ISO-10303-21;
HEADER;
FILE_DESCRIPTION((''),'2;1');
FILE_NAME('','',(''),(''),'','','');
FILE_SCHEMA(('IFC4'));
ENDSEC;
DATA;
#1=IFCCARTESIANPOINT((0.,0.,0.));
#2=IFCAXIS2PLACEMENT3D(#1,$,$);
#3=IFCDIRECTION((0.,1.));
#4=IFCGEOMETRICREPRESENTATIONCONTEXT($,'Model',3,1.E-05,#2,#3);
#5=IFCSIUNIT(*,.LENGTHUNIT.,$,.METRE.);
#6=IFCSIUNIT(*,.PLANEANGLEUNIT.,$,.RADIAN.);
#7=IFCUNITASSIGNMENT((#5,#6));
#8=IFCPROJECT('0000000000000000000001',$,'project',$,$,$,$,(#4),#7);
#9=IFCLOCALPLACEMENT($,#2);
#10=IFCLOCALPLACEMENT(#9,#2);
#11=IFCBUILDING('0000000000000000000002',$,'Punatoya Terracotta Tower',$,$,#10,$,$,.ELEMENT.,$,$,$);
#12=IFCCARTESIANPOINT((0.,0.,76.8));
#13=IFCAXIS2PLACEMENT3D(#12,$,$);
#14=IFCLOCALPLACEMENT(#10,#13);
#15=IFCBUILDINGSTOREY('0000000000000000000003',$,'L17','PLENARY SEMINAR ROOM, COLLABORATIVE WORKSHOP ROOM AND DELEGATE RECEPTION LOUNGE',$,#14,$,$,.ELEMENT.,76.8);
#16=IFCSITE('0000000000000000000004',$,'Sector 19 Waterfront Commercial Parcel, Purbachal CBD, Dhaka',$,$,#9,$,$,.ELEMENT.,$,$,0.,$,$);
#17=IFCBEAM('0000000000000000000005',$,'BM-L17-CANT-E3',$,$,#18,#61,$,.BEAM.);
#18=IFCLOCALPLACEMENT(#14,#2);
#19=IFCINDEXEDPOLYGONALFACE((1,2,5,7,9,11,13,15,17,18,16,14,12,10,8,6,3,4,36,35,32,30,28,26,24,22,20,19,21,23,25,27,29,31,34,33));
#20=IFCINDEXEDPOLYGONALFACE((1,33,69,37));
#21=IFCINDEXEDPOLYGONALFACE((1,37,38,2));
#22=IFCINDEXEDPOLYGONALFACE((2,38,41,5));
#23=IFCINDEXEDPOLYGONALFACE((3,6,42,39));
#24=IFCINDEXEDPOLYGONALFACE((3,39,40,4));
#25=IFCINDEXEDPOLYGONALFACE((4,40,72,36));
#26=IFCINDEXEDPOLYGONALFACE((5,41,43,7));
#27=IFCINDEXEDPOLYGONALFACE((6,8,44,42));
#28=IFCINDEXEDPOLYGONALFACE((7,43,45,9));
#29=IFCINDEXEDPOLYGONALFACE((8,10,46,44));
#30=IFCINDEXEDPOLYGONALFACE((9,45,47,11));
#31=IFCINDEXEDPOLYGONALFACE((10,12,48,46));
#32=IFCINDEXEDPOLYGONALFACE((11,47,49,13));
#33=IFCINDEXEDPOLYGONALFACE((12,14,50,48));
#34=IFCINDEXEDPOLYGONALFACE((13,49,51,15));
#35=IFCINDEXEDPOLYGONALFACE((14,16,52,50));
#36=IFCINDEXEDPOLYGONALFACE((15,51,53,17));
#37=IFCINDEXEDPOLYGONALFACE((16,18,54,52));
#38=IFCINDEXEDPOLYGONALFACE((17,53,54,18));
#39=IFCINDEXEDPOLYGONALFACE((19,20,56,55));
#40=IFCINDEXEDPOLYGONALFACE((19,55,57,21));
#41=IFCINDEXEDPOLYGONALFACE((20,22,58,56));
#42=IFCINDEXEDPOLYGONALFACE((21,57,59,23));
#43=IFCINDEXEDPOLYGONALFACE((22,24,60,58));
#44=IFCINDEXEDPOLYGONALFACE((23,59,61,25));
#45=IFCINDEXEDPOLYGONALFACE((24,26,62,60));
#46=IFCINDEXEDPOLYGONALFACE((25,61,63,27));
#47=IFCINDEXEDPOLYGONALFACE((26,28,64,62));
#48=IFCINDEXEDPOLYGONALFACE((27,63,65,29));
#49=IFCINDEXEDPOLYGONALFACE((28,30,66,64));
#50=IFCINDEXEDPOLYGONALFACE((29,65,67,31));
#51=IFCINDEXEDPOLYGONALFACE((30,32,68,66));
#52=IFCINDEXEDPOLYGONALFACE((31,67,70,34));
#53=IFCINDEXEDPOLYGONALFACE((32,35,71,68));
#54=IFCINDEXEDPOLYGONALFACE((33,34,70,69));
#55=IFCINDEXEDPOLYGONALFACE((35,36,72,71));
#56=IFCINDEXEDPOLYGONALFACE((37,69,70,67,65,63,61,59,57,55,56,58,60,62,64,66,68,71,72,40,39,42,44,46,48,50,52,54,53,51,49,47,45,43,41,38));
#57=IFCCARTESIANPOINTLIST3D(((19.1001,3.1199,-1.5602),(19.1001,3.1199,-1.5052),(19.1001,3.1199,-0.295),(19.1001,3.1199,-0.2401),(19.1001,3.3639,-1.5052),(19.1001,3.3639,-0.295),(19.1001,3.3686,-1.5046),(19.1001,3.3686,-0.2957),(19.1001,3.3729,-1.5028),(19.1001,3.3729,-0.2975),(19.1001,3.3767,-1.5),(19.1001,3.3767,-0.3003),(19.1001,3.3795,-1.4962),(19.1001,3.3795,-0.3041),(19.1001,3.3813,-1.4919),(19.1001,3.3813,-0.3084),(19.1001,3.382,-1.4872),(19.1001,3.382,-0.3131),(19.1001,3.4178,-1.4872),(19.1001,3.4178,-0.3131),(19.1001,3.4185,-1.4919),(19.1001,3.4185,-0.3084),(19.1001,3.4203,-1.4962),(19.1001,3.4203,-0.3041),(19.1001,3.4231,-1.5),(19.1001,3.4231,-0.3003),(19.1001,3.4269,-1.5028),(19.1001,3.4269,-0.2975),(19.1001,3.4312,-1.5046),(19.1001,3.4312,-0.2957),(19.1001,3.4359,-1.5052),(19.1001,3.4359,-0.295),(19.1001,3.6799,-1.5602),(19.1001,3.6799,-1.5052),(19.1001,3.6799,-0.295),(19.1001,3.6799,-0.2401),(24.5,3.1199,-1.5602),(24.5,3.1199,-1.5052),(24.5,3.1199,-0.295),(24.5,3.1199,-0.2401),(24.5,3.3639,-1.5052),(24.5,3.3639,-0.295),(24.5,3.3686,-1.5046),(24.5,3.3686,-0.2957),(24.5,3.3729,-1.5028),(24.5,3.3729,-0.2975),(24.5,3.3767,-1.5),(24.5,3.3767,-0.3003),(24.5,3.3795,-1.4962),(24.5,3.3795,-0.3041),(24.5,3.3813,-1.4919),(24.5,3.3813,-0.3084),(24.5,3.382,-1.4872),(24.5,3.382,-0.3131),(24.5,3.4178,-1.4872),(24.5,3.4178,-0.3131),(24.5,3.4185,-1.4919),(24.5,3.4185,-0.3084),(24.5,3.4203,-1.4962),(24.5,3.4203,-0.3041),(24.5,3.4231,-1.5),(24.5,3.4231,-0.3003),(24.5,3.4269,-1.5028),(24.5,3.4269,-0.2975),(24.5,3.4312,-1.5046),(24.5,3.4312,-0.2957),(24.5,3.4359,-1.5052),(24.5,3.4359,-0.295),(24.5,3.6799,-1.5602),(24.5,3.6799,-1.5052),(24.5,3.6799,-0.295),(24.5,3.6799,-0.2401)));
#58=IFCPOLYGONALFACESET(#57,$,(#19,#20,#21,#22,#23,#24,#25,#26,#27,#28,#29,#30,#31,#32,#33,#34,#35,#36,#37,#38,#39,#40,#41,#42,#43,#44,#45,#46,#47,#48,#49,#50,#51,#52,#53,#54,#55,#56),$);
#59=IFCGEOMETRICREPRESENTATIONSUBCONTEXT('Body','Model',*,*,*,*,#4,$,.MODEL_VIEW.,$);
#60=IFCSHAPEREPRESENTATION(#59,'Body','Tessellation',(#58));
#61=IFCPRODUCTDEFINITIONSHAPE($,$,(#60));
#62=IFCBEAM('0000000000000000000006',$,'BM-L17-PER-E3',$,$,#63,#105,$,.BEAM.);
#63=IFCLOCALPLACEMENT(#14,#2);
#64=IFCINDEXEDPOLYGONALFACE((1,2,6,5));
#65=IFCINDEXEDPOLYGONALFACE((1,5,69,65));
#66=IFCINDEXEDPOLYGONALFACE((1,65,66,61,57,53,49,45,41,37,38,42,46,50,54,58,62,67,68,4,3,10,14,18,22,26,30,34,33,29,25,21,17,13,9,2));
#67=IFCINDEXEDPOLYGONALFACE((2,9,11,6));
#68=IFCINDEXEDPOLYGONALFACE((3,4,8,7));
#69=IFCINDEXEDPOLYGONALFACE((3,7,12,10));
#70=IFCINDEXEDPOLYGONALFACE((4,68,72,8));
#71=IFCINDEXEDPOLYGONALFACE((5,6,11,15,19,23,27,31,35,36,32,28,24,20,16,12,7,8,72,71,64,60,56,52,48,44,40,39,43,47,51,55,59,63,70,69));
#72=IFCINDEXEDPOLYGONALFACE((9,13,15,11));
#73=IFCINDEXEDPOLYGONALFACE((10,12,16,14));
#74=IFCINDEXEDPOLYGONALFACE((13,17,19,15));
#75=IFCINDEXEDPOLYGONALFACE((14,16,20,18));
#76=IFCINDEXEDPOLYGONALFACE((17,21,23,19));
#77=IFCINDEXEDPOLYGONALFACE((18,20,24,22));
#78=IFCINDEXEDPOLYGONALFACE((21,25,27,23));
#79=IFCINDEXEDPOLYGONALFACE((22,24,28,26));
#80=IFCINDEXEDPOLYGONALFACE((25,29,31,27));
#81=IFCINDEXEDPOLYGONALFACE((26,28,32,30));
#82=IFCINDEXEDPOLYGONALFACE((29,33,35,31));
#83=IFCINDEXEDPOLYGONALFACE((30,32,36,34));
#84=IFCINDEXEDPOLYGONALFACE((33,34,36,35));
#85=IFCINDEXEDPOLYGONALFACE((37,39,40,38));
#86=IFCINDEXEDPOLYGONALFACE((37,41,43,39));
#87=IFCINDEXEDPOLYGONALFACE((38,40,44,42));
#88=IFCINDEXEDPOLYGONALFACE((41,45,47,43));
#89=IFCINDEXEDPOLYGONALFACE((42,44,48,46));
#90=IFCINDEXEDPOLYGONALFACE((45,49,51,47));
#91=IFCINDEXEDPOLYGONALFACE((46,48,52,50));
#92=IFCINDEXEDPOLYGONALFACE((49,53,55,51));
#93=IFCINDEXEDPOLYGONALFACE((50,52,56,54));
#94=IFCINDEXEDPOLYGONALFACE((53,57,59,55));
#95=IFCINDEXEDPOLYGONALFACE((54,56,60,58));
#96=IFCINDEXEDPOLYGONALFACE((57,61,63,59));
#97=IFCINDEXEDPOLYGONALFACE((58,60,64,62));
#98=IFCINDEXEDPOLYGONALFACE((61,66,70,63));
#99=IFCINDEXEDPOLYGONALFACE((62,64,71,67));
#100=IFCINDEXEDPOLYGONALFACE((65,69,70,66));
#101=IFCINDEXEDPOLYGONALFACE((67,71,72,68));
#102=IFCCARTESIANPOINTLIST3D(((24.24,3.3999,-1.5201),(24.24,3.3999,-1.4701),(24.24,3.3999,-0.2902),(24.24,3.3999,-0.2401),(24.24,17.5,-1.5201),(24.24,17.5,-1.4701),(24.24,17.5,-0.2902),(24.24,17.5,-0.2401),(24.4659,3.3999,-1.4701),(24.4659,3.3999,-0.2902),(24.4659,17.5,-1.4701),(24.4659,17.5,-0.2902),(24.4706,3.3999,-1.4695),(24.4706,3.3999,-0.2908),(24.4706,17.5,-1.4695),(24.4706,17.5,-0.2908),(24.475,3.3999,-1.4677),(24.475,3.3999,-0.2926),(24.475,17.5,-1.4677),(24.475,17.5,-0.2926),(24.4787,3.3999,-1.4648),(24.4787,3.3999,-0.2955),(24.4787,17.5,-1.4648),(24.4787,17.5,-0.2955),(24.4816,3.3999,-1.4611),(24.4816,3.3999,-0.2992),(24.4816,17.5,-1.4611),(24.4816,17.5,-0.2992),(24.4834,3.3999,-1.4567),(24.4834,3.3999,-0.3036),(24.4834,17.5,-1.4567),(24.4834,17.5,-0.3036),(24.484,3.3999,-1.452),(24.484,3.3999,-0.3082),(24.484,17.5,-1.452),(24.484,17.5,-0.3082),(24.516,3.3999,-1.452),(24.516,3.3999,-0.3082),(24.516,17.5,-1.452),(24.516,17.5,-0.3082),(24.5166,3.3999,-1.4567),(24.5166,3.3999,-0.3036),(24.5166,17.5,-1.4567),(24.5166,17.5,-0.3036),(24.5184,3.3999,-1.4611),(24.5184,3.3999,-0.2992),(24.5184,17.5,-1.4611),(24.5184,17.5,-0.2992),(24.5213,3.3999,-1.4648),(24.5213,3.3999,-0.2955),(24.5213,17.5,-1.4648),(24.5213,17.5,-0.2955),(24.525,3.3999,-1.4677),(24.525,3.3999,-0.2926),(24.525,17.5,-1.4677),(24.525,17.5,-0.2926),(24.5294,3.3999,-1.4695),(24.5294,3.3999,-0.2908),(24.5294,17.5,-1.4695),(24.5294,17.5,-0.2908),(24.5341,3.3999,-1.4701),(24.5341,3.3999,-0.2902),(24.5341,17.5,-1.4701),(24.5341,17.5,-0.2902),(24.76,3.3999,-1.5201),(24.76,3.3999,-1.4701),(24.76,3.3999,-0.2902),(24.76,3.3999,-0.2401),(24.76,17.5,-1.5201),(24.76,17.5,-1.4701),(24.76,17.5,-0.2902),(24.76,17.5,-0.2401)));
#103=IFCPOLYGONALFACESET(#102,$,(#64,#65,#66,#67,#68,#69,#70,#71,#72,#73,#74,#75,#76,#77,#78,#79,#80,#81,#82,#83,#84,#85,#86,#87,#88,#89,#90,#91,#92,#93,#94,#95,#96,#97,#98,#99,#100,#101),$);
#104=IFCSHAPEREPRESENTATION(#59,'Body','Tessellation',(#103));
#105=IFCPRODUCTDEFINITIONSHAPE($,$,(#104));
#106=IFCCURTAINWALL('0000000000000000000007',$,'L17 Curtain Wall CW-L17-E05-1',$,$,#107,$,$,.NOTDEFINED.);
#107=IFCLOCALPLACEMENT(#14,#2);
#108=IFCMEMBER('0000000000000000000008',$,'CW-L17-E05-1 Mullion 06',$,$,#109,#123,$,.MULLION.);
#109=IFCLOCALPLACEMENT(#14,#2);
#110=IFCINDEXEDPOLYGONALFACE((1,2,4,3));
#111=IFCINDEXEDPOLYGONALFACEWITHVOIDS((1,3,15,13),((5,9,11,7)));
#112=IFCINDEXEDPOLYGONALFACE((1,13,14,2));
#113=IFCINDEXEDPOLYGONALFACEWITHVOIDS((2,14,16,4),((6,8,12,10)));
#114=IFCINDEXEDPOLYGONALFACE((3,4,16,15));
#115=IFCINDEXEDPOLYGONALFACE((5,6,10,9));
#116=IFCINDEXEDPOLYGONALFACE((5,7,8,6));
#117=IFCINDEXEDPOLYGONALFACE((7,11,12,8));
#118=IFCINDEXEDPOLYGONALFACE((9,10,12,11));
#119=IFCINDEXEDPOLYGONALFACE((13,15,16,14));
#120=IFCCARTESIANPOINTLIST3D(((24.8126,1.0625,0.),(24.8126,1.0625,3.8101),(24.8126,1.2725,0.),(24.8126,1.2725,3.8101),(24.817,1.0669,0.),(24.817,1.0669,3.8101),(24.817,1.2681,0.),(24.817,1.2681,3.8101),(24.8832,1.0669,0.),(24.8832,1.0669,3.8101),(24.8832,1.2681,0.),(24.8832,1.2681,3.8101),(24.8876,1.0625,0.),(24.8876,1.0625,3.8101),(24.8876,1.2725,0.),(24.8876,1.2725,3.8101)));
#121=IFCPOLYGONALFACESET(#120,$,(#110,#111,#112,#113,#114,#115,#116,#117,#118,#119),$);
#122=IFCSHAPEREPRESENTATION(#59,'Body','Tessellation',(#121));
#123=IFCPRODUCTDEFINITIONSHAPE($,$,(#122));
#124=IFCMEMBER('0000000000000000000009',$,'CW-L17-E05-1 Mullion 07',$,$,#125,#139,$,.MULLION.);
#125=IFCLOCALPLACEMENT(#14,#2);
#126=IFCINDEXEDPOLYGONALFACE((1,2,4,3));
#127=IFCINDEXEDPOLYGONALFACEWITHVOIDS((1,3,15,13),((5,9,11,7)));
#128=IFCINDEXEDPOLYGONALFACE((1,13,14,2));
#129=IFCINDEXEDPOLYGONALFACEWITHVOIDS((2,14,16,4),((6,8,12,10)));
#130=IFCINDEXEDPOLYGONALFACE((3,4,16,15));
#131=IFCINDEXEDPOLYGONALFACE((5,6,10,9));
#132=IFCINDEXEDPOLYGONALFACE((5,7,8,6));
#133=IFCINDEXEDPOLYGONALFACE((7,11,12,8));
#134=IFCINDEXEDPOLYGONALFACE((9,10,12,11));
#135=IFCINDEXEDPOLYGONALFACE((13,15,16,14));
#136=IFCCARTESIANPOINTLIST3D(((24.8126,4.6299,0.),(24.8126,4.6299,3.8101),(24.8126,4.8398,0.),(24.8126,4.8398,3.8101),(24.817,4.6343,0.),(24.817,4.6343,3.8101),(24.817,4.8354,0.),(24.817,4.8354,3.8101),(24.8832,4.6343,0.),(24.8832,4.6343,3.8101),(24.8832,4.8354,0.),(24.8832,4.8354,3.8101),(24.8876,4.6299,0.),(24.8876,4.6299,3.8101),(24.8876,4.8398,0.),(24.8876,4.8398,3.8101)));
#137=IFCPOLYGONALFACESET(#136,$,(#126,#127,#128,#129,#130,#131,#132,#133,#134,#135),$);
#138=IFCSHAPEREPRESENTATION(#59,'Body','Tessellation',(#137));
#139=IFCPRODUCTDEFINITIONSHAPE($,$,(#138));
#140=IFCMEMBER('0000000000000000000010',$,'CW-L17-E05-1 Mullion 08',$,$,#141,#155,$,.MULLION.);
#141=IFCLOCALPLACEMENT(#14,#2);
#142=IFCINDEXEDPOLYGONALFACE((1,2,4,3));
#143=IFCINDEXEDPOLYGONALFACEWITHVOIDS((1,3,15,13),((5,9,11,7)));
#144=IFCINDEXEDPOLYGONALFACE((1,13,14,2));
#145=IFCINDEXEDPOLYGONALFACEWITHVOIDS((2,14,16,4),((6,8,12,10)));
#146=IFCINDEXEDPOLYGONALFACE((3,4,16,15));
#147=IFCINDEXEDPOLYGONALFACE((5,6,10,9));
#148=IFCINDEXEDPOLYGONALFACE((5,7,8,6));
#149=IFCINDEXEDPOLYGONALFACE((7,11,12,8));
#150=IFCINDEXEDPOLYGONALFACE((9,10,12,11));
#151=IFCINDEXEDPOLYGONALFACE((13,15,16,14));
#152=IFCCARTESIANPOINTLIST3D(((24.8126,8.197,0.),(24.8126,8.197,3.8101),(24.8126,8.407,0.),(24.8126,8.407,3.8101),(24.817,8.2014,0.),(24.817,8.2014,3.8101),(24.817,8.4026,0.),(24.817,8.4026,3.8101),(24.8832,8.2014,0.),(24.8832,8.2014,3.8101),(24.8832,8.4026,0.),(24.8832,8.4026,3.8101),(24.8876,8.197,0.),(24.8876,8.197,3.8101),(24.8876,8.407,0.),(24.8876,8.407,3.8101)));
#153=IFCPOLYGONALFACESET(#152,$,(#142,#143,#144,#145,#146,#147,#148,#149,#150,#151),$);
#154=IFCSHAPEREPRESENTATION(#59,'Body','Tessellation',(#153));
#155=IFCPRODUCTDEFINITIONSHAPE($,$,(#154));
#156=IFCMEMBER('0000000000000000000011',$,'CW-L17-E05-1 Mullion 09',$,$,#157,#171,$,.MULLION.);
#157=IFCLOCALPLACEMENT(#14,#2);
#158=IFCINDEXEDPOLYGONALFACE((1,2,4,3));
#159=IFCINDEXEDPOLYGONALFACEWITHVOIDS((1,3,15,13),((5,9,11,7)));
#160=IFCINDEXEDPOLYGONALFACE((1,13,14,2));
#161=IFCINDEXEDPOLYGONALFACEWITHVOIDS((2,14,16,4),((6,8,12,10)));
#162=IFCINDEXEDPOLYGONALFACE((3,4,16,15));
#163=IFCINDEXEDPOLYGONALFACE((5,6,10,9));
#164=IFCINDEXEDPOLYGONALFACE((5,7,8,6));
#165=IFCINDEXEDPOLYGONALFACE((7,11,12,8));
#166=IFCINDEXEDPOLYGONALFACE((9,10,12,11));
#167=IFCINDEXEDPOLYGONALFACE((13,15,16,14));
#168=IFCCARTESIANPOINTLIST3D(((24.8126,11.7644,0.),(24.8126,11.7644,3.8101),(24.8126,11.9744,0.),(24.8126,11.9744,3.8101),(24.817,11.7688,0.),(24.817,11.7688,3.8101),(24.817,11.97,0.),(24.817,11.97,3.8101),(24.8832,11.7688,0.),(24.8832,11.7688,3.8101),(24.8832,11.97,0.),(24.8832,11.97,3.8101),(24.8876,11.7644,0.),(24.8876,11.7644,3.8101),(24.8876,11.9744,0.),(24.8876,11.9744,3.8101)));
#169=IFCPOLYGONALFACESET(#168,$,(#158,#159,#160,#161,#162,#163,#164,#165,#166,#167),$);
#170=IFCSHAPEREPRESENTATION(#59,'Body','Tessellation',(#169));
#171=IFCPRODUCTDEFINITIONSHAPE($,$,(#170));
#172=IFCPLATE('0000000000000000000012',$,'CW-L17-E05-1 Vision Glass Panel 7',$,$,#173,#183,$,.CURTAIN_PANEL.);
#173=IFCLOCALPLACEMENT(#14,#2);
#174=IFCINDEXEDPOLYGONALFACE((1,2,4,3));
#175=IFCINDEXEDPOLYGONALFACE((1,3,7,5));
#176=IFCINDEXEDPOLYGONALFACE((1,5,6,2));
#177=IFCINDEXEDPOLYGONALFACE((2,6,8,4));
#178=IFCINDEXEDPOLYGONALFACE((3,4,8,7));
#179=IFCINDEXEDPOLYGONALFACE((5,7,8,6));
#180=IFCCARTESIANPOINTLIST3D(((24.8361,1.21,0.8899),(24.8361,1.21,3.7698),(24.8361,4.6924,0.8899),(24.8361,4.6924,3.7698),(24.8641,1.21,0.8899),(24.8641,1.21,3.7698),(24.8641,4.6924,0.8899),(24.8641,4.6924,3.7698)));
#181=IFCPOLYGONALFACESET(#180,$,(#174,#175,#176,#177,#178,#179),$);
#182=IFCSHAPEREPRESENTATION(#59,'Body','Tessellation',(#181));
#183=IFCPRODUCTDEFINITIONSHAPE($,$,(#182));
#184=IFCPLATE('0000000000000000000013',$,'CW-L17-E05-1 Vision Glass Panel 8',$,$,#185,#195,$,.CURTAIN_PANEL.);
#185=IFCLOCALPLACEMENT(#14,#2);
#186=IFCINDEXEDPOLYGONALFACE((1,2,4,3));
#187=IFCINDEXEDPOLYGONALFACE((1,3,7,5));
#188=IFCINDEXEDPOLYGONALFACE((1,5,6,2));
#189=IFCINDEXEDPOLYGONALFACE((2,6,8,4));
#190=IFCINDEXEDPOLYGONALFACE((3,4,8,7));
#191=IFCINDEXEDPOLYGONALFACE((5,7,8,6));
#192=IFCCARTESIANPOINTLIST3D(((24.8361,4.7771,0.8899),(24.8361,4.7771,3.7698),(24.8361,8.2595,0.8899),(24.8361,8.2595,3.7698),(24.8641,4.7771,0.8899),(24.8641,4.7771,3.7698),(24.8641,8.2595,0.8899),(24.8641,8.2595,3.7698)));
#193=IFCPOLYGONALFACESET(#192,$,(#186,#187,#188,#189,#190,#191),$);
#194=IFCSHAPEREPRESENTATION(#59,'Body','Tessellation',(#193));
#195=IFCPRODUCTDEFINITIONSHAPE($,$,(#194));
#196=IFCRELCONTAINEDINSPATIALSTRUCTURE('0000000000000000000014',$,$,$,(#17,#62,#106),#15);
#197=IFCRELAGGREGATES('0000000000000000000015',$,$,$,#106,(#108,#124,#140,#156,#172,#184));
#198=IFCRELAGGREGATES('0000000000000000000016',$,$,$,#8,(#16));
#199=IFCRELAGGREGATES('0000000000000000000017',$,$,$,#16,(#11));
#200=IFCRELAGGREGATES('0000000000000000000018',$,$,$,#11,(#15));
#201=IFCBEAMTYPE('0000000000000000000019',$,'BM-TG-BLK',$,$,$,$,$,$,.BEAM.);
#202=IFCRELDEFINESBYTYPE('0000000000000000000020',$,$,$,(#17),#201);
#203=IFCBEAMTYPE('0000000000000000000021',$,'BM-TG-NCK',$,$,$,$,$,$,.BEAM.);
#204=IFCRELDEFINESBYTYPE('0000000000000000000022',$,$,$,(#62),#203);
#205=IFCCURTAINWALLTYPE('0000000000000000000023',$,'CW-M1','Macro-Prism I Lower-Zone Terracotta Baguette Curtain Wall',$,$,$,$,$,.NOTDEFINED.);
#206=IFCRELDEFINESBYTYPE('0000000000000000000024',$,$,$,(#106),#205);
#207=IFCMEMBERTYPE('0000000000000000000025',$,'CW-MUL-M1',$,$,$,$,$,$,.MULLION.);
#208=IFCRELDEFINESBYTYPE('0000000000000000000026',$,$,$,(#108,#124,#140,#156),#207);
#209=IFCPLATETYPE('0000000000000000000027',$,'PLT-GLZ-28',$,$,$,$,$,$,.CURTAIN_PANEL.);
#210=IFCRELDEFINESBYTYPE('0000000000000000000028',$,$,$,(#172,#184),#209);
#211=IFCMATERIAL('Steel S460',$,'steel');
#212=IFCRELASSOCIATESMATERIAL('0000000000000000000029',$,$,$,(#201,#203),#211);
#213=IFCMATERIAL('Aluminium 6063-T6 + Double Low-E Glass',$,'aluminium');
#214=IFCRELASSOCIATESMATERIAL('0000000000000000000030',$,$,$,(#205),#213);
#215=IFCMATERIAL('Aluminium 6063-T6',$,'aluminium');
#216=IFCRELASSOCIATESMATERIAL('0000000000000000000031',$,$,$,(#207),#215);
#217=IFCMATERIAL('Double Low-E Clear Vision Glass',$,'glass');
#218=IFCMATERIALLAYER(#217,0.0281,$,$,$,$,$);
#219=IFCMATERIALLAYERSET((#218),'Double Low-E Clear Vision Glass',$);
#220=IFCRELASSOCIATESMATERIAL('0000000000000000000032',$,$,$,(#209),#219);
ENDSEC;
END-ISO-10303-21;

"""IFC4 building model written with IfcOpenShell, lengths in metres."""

from ifc_helpers import new_model, si_unit, direction, frame, origin, origin_2d, place, context, subcontext, project, spatial, rectangle, hollow_rectangle, i_section, extrude, material, layer, layer_set, material_profile, profile_set, type_object, element, aggregate, save


model = new_model("IFC4")

# Units and contexts
model_context = context("Model", 3, precision=1e-05, world=origin(), true_north=direction((0.0, 1.0)))
body_context = subcontext(model_context, "Body", "Model", "MODEL_VIEW")
ifc_project = project(units=[si_unit("LENGTHUNIT", "METRE"), si_unit("PLANEANGLEUNIT", "RADIAN")], contexts=[model_context])

# Site, building, storey
site_placement = place(None, origin())
site = spatial("IfcSite", under=ifc_project, at=site_placement, Name="Sector 19 Waterfront Commercial Parcel, Purbachal CBD, Dhaka", CompositionType="ELEMENT", RefElevation=0.0)
building_placement = place(site_placement, origin())
building = spatial("IfcBuilding", under=site, at=building_placement, Name="Punatoya Terracotta Tower", CompositionType="ELEMENT")
storey_placement = place(building_placement, frame((0.0, 0.0, 76.8)))
storey = spatial("IfcBuildingStorey", under=building, at=storey_placement, Name="L17", Description="PLENARY SEMINAR ROOM, COLLABORATIVE WORKSHOP ROOM AND DELEGATE RECEPTION LOUNGE", CompositionType="ELEMENT", Elevation=76.8)

# Shared definitions
ifc_material_1 = material(Name="Steel S460", Category="steel")

# Beams
ifc_material_profile_1 = material_profile(ifc_material_1, i_section(OverallWidth=0.5601, OverallDepth=1.3201, WebThickness=0.0359, FlangeThickness=0.0549, FilletRadius=0.0181, at=origin_2d()))
ifc_profile_set_1 = profile_set([ifc_material_profile_1], Name="Steel S460")
beam_type_1 = type_object("IfcBeamType", Name="BM-TG-BLK", PredefinedType="BEAM", material=ifc_profile_set_1)
beam_1_placement = place(storey_placement, frame((19.1001, 3.3999, -0.9001), z_axis=(1.0, 0.0, 0.0), x_axis=(0.0, 1.0, 0.0)))
element("IfcBeam", 1, at=beam_1_placement, inside=storey, type_object=beam_type_1, Name="BM-L17-CANT-E3", PredefinedType="BEAM", context=body_context, shape_type="SweptSolid", body=[
    extrude(i_section(OverallWidth=0.5601, OverallDepth=1.3201, WebThickness=0.0359, FlangeThickness=0.0549, FilletRadius=0.0181, at=origin_2d()), origin(), (0.0, 0.0, 1.0), 5.3999),
])
ifc_material_profile_2 = material_profile(ifc_material_1, i_section(OverallWidth=0.52, OverallDepth=1.28, WebThickness=0.032, FlangeThickness=0.05, FilletRadius=0.0181, at=origin_2d()))
ifc_profile_set_2 = profile_set([ifc_material_profile_2], Name="Steel S460")
beam_type_2 = type_object("IfcBeamType", Name="BM-TG-NCK", PredefinedType="BEAM", material=ifc_profile_set_2)
beam_2_placement = place(storey_placement, frame((24.5, 3.3999, -0.8801), z_axis=(0.0, 1.0, 0.0), x_axis=(-1.0, 0.0, 0.0)))
element("IfcBeam", 2, at=beam_2_placement, inside=storey, type_object=beam_type_2, Name="BM-L17-PER-E3", PredefinedType="BEAM", context=body_context, shape_type="SweptSolid", body=[
    extrude(i_section(OverallWidth=0.52, OverallDepth=1.28, WebThickness=0.032, FlangeThickness=0.05, FilletRadius=0.0181, at=origin_2d()), origin(), (0.0, 0.0, 1.0), 14.1001),
])

# Curtain wall, members, plates
ifc_material_2 = material(Name="Aluminium 6063-T6 + Double Low-E Glass", Category="aluminium")
curtain_wall_type = type_object("IfcCurtainWallType", Name="CW-M1", Description="Macro-Prism I Lower-Zone Terracotta Baguette Curtain Wall", PredefinedType="NOTDEFINED", material=ifc_material_2)
curtain_wall_placement = place(storey_placement, origin())
curtain_wall = element("IfcCurtainWall", 3, at=curtain_wall_placement, inside=storey, type_object=curtain_wall_type, Name="L17 Curtain Wall CW-L17-E05-1", PredefinedType="NOTDEFINED")
ifc_material_3 = material(Name="Aluminium 6063-T6", Category="aluminium")
ifc_material_profile_3 = material_profile(ifc_material_3, hollow_rectangle(XDim=0.075, YDim=0.21, WallThickness=0.0044, at=origin_2d()))
ifc_profile_set_3 = profile_set([ifc_material_profile_3], Name="Aluminium 6063-T6")
member_type = type_object("IfcMemberType", Name="CW-MUL-M1", PredefinedType="MULLION", material=ifc_profile_set_3)
member_1_placement = place(storey_placement, frame((24.8501, 1.1675, 0.0), z_axis=(0.0, 0.0, 1.0), x_axis=(1.0, 0.0, 0.0)))
member_1 = element("IfcMember", 4, at=member_1_placement, type_object=member_type, Name="CW-L17-E05-1 Mullion 06", PredefinedType="MULLION", context=body_context, shape_type="SweptSolid", body=[
    extrude(hollow_rectangle(XDim=0.075, YDim=0.21, WallThickness=0.0044, at=origin_2d()), origin(), (0.0, 0.0, 1.0), 3.8101),
])
member_2_placement = place(storey_placement, frame((24.8501, 4.7349, 0.0), z_axis=(0.0, 0.0, 1.0), x_axis=(1.0, 0.0, 0.0)))
member_2 = element("IfcMember", 5, at=member_2_placement, type_object=member_type, Name="CW-L17-E05-1 Mullion 07", PredefinedType="MULLION", context=body_context, shape_type="SweptSolid", body=[
    extrude(hollow_rectangle(XDim=0.075, YDim=0.21, WallThickness=0.0044, at=origin_2d()), origin(), (0.0, 0.0, 1.0), 3.8101),
])
member_3_placement = place(storey_placement, frame((24.8501, 8.302, 0.0), z_axis=(0.0, 0.0, 1.0), x_axis=(1.0, 0.0, 0.0)))
member_3 = element("IfcMember", 6, at=member_3_placement, type_object=member_type, Name="CW-L17-E05-1 Mullion 08", PredefinedType="MULLION", context=body_context, shape_type="SweptSolid", body=[
    extrude(hollow_rectangle(XDim=0.075, YDim=0.21, WallThickness=0.0044, at=origin_2d()), origin(), (0.0, 0.0, 1.0), 3.8101),
])
member_4_placement = place(storey_placement, frame((24.8501, 11.8694, 0.0), z_axis=(0.0, 0.0, 1.0), x_axis=(1.0, 0.0, 0.0)))
member_4 = element("IfcMember", 7, at=member_4_placement, type_object=member_type, Name="CW-L17-E05-1 Mullion 09", PredefinedType="MULLION", context=body_context, shape_type="SweptSolid", body=[
    extrude(hollow_rectangle(XDim=0.075, YDim=0.21, WallThickness=0.0044, at=origin_2d()), origin(), (0.0, 0.0, 1.0), 3.8101),
])
ifc_material_4 = material(Name="Double Low-E Clear Vision Glass", Category="glass")
ifc_layer_1 = layer(ifc_material_4, 0.0281)
ifc_layer_set_1 = layer_set([ifc_layer_1], Name="Double Low-E Clear Vision Glass")
plate_type_1 = type_object("IfcPlateType", Name="PLT-GLZ-28", PredefinedType="CURTAIN_PANEL", material=ifc_layer_set_1)
plate_1_placement = place(storey_placement, frame((24.8501, 2.9512, 0.8899), z_axis=(0.0, 0.0, 1.0), x_axis=(0.0, 1.0, 0.0)))
plate_1 = element("IfcPlate", 8, at=plate_1_placement, type_object=plate_type_1, Name="CW-L17-E05-1 Vision Glass Panel 7", PredefinedType="CURTAIN_PANEL", context=body_context, shape_type="SweptSolid", body=[
    extrude(rectangle(XDim=3.4824, YDim=0.0281, at=origin_2d()), origin(), (0.0, 0.0, 1.0), 2.8799),
])
plate_2_placement = place(storey_placement, frame((24.8501, 6.5183, 0.8899), z_axis=(0.0, 0.0, 1.0), x_axis=(0.0, 1.0, 0.0)))
plate_2 = element("IfcPlate", 9, at=plate_2_placement, type_object=plate_type_1, Name="CW-L17-E05-1 Vision Glass Panel 8", PredefinedType="CURTAIN_PANEL", context=body_context, shape_type="SweptSolid", body=[
    extrude(rectangle(XDim=3.4824, YDim=0.0281, at=origin_2d()), origin(), (0.0, 0.0, 1.0), 2.8799),
])
aggregate(curtain_wall, [member_1, member_2, member_3, member_4, plate_1, plate_2])

save(model, "model.ifc")
